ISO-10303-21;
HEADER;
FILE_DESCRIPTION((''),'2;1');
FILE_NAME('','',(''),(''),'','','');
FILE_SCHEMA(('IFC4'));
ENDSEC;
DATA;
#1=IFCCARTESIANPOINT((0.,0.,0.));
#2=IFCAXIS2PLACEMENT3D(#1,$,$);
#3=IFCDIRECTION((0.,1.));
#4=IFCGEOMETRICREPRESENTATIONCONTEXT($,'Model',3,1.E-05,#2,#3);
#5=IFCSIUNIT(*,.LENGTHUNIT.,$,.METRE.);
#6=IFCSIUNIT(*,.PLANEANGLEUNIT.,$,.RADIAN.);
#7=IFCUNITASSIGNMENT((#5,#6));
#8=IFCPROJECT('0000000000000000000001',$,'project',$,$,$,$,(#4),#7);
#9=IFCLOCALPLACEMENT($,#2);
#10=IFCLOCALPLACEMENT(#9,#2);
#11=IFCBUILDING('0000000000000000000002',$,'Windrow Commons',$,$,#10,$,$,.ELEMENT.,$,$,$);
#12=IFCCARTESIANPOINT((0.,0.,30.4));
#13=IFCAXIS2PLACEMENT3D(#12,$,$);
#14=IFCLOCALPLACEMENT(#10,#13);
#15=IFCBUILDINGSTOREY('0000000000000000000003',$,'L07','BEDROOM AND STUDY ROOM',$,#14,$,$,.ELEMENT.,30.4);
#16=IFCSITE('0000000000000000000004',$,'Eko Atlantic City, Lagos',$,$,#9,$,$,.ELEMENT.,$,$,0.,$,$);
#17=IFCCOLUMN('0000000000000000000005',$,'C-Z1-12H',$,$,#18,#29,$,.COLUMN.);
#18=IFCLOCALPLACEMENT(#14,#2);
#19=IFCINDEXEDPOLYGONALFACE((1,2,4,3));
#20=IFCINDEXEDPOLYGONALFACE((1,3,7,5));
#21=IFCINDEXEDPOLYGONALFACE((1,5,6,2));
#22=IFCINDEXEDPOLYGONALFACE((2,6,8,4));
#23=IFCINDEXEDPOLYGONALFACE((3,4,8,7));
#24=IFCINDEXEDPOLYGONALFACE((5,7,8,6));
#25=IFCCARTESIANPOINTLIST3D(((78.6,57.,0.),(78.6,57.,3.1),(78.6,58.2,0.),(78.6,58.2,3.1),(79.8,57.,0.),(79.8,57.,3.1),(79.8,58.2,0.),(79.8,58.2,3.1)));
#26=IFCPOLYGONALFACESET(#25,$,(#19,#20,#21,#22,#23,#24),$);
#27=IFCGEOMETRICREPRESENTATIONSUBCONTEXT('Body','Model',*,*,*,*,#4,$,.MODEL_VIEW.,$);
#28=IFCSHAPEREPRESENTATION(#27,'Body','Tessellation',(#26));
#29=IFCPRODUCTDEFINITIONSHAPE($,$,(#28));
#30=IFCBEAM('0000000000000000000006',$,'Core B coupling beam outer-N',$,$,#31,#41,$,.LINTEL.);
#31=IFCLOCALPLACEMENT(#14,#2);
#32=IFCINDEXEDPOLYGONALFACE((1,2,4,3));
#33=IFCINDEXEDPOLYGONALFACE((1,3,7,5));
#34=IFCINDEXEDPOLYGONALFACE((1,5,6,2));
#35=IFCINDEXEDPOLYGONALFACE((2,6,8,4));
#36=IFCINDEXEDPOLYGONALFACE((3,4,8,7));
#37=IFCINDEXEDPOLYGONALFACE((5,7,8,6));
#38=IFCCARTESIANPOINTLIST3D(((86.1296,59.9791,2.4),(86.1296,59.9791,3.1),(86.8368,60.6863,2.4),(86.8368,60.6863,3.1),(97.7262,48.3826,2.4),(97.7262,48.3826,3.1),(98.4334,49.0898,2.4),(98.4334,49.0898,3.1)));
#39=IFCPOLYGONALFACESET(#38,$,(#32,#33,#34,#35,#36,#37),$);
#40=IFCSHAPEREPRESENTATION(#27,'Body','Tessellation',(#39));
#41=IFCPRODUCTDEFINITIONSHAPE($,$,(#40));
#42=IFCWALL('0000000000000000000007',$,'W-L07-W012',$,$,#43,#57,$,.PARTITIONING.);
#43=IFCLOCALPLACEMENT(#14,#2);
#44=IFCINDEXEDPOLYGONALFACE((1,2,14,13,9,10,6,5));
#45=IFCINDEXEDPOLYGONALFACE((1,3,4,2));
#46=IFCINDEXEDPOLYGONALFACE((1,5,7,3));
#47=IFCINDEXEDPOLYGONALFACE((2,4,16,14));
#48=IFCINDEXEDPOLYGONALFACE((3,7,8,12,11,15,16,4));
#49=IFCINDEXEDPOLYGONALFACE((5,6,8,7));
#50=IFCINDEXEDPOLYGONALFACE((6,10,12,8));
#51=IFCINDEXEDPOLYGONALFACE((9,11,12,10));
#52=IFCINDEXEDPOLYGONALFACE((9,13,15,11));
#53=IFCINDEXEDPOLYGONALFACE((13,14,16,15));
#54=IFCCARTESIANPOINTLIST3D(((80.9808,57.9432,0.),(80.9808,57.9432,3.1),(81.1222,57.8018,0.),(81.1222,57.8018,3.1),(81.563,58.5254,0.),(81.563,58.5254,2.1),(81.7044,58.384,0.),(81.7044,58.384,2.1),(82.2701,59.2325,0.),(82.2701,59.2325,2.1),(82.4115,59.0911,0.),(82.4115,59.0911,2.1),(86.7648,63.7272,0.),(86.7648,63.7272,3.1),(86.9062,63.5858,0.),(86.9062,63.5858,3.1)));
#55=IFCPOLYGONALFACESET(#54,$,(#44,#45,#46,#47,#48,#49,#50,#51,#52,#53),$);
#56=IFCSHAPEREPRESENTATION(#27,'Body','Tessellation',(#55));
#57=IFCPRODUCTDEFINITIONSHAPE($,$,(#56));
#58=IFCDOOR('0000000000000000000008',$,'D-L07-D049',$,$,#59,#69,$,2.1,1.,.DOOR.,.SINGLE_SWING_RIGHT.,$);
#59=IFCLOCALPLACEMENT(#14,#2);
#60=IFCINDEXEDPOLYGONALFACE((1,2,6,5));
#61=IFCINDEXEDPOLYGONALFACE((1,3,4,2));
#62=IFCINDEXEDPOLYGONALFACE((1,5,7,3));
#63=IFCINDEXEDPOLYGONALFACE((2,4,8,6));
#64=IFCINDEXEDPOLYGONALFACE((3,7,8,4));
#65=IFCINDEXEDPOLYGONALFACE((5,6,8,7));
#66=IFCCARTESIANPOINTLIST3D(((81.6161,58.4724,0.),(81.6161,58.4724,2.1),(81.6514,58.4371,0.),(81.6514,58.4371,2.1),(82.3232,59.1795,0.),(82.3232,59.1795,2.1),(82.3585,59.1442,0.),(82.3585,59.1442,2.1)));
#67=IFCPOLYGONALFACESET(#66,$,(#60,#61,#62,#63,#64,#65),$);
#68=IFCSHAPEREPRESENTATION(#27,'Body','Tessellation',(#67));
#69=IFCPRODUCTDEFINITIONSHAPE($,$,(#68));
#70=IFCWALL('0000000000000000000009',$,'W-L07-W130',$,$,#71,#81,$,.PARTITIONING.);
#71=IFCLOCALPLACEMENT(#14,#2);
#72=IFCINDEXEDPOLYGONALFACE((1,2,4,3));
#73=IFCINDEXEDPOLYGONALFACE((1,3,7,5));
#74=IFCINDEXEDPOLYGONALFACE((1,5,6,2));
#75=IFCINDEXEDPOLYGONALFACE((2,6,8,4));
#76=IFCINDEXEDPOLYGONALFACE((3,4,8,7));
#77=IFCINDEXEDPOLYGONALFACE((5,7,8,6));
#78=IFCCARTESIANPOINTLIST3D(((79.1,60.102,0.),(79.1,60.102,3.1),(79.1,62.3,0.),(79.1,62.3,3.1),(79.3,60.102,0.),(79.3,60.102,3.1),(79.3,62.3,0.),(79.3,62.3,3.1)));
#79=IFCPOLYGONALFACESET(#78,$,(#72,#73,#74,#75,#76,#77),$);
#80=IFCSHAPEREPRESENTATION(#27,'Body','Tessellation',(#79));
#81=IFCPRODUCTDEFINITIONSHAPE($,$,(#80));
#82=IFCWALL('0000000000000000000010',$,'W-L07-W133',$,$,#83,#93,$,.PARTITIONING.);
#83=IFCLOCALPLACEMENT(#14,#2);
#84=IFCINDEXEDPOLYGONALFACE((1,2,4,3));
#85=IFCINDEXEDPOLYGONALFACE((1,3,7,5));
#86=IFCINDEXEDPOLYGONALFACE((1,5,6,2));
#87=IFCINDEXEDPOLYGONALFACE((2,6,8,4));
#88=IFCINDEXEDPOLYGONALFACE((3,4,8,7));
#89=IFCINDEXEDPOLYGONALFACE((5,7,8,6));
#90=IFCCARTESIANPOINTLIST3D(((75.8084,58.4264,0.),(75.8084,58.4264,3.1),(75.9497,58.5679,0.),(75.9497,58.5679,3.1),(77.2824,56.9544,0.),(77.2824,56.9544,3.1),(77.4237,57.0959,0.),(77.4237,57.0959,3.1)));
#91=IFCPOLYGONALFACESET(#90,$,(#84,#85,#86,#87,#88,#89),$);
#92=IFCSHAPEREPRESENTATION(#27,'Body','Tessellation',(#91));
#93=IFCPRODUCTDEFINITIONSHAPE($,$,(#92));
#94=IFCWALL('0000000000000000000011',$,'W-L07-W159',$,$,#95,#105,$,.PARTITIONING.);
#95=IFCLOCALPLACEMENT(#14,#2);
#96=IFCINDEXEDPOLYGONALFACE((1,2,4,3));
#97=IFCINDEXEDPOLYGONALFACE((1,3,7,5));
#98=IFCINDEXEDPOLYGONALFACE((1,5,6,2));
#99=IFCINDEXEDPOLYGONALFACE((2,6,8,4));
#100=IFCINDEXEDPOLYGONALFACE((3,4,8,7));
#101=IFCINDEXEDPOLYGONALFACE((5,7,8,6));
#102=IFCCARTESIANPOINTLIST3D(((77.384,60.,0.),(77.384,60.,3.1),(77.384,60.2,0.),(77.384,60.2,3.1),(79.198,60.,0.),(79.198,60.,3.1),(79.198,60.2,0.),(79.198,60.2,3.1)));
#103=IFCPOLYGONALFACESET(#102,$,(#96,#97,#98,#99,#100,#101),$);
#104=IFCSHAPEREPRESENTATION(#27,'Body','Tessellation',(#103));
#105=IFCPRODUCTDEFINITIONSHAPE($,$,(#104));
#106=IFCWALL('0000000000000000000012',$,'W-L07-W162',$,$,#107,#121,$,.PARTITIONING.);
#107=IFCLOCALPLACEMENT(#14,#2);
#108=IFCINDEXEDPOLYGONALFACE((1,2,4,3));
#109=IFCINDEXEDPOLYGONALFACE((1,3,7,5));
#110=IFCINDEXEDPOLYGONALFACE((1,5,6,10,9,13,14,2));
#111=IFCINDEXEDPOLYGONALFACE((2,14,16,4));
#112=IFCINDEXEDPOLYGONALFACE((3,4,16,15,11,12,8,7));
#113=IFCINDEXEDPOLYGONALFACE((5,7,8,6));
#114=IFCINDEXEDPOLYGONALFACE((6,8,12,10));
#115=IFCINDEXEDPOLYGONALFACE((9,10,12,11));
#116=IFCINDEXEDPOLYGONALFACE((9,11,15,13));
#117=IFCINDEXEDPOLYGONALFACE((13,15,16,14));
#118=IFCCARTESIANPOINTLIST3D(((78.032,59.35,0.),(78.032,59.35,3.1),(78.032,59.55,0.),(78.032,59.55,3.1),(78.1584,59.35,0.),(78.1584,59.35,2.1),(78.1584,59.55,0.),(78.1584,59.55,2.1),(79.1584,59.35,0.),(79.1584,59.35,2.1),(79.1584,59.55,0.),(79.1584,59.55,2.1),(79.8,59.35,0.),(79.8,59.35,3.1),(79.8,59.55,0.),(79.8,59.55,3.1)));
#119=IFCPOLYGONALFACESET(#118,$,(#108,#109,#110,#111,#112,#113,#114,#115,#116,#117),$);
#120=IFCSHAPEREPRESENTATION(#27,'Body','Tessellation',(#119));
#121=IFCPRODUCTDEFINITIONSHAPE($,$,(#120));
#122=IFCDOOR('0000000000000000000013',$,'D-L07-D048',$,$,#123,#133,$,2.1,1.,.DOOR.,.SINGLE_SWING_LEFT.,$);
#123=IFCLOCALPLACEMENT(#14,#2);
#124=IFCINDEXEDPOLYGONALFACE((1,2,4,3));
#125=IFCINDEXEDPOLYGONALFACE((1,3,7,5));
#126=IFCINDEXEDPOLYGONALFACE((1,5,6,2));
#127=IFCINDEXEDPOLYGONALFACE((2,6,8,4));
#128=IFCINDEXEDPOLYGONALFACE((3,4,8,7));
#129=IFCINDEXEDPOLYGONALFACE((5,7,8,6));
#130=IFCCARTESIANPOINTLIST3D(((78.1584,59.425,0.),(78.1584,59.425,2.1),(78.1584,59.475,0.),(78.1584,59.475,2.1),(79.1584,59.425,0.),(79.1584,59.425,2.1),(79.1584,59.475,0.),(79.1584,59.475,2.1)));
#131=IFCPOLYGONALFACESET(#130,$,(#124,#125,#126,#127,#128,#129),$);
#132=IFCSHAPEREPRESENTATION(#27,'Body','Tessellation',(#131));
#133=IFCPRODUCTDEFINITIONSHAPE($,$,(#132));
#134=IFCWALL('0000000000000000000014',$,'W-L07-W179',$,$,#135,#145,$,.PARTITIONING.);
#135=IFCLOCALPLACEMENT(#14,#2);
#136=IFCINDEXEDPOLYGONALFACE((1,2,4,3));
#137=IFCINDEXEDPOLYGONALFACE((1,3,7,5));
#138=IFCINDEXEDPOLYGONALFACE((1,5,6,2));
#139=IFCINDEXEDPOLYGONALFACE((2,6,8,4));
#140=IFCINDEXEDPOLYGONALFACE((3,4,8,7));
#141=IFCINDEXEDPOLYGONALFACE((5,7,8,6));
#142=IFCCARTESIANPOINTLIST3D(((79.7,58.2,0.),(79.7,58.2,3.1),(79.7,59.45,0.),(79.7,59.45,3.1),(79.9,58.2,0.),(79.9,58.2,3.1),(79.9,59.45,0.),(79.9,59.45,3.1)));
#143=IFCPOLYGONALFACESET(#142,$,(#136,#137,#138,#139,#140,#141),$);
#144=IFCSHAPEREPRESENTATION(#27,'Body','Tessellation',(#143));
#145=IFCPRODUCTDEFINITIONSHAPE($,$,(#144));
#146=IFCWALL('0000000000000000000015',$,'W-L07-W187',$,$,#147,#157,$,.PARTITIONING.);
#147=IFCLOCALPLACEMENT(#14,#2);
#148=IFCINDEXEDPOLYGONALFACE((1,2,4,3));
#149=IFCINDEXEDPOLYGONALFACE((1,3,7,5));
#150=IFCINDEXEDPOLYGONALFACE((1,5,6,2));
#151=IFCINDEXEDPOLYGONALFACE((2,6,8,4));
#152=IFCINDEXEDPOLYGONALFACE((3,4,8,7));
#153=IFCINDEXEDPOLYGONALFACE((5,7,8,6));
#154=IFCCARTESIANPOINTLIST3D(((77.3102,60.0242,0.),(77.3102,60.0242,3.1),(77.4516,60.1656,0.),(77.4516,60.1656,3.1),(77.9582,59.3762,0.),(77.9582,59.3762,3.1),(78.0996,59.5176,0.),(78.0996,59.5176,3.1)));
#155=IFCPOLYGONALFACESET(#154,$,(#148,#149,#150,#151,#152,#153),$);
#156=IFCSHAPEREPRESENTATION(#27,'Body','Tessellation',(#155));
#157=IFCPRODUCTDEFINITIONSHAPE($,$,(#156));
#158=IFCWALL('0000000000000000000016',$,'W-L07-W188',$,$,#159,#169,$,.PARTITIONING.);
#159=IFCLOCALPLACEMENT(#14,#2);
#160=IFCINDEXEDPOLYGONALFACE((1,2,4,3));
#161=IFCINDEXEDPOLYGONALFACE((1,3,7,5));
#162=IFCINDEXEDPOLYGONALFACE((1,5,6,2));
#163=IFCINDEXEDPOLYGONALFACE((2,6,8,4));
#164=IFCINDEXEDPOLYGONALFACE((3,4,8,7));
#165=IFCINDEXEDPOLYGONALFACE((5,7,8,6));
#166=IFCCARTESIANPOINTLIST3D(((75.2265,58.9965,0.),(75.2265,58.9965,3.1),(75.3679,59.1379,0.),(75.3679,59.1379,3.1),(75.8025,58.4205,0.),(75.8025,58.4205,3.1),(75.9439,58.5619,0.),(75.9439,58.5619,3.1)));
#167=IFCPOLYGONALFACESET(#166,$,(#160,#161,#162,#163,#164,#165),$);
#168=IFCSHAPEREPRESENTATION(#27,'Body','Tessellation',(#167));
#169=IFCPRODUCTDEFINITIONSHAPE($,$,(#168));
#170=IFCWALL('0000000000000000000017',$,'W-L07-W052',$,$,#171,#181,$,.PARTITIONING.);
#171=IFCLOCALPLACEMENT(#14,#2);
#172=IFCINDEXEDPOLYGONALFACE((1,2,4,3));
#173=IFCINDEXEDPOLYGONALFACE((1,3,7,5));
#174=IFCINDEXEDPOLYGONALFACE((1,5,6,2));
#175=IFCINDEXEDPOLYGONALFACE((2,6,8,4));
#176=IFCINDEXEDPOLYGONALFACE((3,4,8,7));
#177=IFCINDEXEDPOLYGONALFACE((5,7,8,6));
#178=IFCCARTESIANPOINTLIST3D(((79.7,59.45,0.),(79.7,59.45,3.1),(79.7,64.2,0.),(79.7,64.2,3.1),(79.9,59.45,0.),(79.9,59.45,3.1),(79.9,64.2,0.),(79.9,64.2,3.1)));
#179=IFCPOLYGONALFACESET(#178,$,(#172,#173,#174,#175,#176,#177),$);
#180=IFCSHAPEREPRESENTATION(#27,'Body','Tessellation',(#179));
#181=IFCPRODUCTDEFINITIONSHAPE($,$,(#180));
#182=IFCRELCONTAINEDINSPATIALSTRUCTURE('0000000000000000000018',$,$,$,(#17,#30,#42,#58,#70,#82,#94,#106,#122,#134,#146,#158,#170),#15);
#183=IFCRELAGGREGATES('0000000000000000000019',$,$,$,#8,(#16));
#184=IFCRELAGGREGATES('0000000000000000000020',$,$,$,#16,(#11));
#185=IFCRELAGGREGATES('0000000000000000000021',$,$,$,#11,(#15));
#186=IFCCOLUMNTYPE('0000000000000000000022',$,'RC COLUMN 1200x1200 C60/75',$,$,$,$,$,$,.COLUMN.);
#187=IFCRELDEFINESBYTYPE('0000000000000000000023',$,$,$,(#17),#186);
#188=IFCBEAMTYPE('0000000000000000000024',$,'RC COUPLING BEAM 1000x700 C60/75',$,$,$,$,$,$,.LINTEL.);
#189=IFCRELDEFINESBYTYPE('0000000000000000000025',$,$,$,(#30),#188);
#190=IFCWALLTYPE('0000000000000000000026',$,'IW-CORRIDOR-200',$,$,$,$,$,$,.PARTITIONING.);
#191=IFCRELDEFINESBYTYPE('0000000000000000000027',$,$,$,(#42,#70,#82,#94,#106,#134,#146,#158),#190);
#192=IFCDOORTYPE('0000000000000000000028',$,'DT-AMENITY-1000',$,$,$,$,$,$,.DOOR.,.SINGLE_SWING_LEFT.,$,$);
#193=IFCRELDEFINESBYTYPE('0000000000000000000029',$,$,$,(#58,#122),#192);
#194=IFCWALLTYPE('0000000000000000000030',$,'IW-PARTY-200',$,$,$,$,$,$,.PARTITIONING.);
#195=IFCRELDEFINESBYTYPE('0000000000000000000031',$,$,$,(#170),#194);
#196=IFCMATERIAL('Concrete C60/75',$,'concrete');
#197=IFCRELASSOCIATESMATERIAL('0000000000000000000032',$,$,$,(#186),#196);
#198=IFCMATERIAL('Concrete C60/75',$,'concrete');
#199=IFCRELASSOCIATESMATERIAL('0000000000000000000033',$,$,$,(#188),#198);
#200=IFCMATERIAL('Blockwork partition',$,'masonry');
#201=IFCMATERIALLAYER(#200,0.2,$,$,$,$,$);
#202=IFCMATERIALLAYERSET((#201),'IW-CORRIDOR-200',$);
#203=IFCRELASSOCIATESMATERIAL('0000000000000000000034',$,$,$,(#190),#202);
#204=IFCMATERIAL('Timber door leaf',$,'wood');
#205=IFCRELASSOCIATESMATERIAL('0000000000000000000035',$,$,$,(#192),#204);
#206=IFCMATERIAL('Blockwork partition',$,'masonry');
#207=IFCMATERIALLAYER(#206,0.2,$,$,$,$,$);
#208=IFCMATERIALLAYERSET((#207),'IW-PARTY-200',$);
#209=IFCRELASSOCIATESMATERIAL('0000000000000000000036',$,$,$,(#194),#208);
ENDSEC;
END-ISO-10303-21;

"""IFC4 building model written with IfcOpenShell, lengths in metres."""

from ifc_helpers import new_model, si_unit, direction, frame, frame_2d, origin, origin_2d, place, context, subcontext, project, spatial, rectangle, extrude, material, layer, layer_set, material_profile, profile_set, type_object, element, fill, save


model = new_model("IFC4")

# Units and contexts
model_context = context("Model", 3, precision=1e-05, world=origin(), true_north=direction((0.0, 1.0)))
body_context = subcontext(model_context, "Body", "Model", "MODEL_VIEW")
ifc_project = project(units=[si_unit("LENGTHUNIT", "METRE"), si_unit("PLANEANGLEUNIT", "RADIAN")], contexts=[model_context])

# Site, building, storey
site_placement = place(None, origin())
site = spatial("IfcSite", under=ifc_project, at=site_placement, Name="Eko Atlantic City, Lagos", CompositionType="ELEMENT", RefElevation=0.0)
building_placement = place(site_placement, origin())
building = spatial("IfcBuilding", under=site, at=building_placement, Name="Windrow Commons", CompositionType="ELEMENT")
storey_placement = place(building_placement, frame((0.0, 0.0, 30.4)))
storey = spatial("IfcBuildingStorey", under=building, at=storey_placement, Name="L07", Description="BEDROOM AND STUDY ROOM", CompositionType="ELEMENT", Elevation=30.4)

# Column
ifc_material_1 = material(Name="Concrete C60/75", Category="concrete")
ifc_material_profile_1 = material_profile(ifc_material_1, rectangle(XDim=1.2, YDim=1.2, at=origin_2d()))
ifc_profile_set_1 = profile_set([ifc_material_profile_1], Name="Concrete C60/75")
column_type = type_object("IfcColumnType", Name="RC COLUMN 1200x1200 C60/75", PredefinedType="COLUMN", material=ifc_profile_set_1)
column_placement = place(storey_placement, frame((79.2, 57.6, 0.0), z_axis=(0.0, 0.0, 1.0), x_axis=(1.0, 0.0, 0.0)))
element("IfcColumn", 1, at=column_placement, inside=storey, type_object=column_type, Name="C-Z1-12H", PredefinedType="COLUMN", context=body_context, shape_type="SweptSolid", body=[
    extrude(rectangle(XDim=1.2, YDim=1.2, at=origin_2d()), origin(), (0.0, 0.0, 1.0), 3.1),
])

# Beam
ifc_material_2 = material(Name="Concrete C60/75", Category="concrete")
ifc_material_profile_2 = material_profile(ifc_material_2, rectangle(XDim=1.0, YDim=0.7, at=origin_2d()))
ifc_profile_set_2 = profile_set([ifc_material_profile_2], Name="Concrete C60/75")
beam_type = type_object("IfcBeamType", Name="RC COUPLING BEAM 1000x700 C60/75", PredefinedType="LINTEL", material=ifc_profile_set_2)
beam_placement = place(storey_placement, frame((86.4832, 60.3327, 2.75), z_axis=(0.70711, -0.707104, 0.0), x_axis=(0.707104, 0.70711, 0.0)))
element("IfcBeam", 2, at=beam_placement, inside=storey, type_object=beam_type, Name="Core B coupling beam outer-N", PredefinedType="LINTEL", context=body_context, shape_type="SweptSolid", body=[
    extrude(rectangle(XDim=1.0, YDim=0.7, at=origin_2d()), origin(), (0.0, 0.0, 1.0), 16.4),
])

# Wall, opening, door
ifc_material_3 = material(Name="Blockwork partition", Category="masonry")
ifc_layer_1 = layer(ifc_material_3, 0.2)
ifc_layer_set_1 = layer_set([ifc_layer_1], Name="IW-CORRIDOR-200")
wall_type_1 = type_object("IfcWallType", Name="IW-CORRIDOR-200", PredefinedType="PARTITIONING", material=ifc_layer_set_1)
wall_1_placement = place(storey_placement, frame((81.0515, 57.8725, 0.0), z_axis=(0.0, 0.0, 1.0), x_axis=(0.707107, 0.707107, 0.0)))
wall_1 = element("IfcWall", 3, at=wall_1_placement, inside=storey, type_object=wall_type_1, Name="W-L07-W012", PredefinedType="PARTITIONING", context=body_context, shape_type="SweptSolid", body=[
    extrude(rectangle(XDim=8.1798, YDim=0.2, at=frame_2d((4.0899, 0.0))), origin(), (0.0, 0.0, 1.0), 3.1),
])
opening_1_placement = place(wall_1_placement, frame((0.8234, 0.0, 0.0)))
opening_1 = element("IfcOpeningElement", 4, at=opening_1_placement, cuts=wall_1, PredefinedType="OPENING", context=body_context, shape_type="SweptSolid", body=[
    extrude(rectangle(XDim=1.0, YDim=2.1, at=frame_2d((0.5, 1.05))), frame((0.0, 0.11, 0.0), z_axis=(0.0, -1.0, 0.0), x_axis=(1.0, 0.0, 0.0)), (0.0, 0.0, 1.0), 0.22),
])
ifc_material_4 = material(Name="Timber door leaf", Category="wood")
door_type_1 = type_object("IfcDoorType", Name="DT-AMENITY-1000", OperationType="SINGLE_SWING_LEFT", PredefinedType="DOOR", material=ifc_material_4)
door_1_placement = place(opening_1_placement, origin())
door_1 = element("IfcDoor", 5, at=door_1_placement, inside=storey, type_object=door_type_1, Name="D-L07-D049", OperationType="SINGLE_SWING_RIGHT", OverallHeight=2.1, OverallWidth=1.0, PredefinedType="DOOR", context=body_context, shape_type="SweptSolid", body=[
    extrude(rectangle(XDim=1.0, YDim=2.1, at=frame_2d((0.5, 1.05))), frame((0.0, 0.025, 0.0), z_axis=(0.0, -1.0, 0.0), x_axis=(1.0, 0.0, 0.0)), (0.0, 0.0, 1.0), 0.05),
])
fill(opening_1, door_1)

# Walls
wall_2_placement = place(storey_placement, frame((79.2, 60.102, 0.0), z_axis=(0.0, 0.0, 1.0), x_axis=(0.0, 1.0, 0.0)))
element("IfcWall", 6, at=wall_2_placement, inside=storey, type_object=wall_type_1, Name="W-L07-W130", PredefinedType="PARTITIONING", context=body_context, shape_type="SweptSolid", body=[
    extrude(rectangle(XDim=2.198, YDim=0.2, at=frame_2d((1.099, 0.0))), origin(), (0.0, 0.0, 1.0), 3.1),
])
wall_3_placement = place(storey_placement, frame((75.8791, 58.4971, 0.0), z_axis=(0.0, 0.0, 1.0), x_axis=(0.707587, -0.706627, 0.0)))
element("IfcWall", 7, at=wall_3_placement, inside=storey, type_object=wall_type_1, Name="W-L07-W133", PredefinedType="PARTITIONING", context=body_context, shape_type="SweptSolid", body=[
    extrude(rectangle(XDim=2.0831, YDim=0.2, at=frame_2d((1.0415, 0.0))), origin(), (0.0, 0.0, 1.0), 3.1),
])
wall_4_placement = place(storey_placement, frame((77.384, 60.1, 0.0), z_axis=(0.0, 0.0, 1.0), x_axis=(1.0, 0.0, 0.0)))
element("IfcWall", 8, at=wall_4_placement, inside=storey, type_object=wall_type_1, Name="W-L07-W159", PredefinedType="PARTITIONING", context=body_context, shape_type="SweptSolid", body=[
    extrude(rectangle(XDim=1.814, YDim=0.2, at=frame_2d((0.907, 0.0))), origin(), (0.0, 0.0, 1.0), 3.1),
])

# Wall, opening, door
wall_5_placement = place(storey_placement, frame((78.032, 59.45, 0.0), z_axis=(0.0, 0.0, 1.0), x_axis=(1.0, 0.0, 0.0)))
wall_5 = element("IfcWall", 9, at=wall_5_placement, inside=storey, type_object=wall_type_1, Name="W-L07-W162", PredefinedType="PARTITIONING", context=body_context, shape_type="SweptSolid", body=[
    extrude(rectangle(XDim=1.768, YDim=0.2, at=frame_2d((0.884, 0.0))), origin(), (0.0, 0.0, 1.0), 3.1),
])
opening_2_placement = place(wall_5_placement, frame((0.1264, 0.0, 0.0)))
opening_2 = element("IfcOpeningElement", 10, at=opening_2_placement, cuts=wall_5, PredefinedType="OPENING", context=body_context, shape_type="SweptSolid", body=[
    extrude(rectangle(XDim=1.0, YDim=2.1, at=frame_2d((0.5, 1.05))), frame((0.0, 0.11, 0.0), z_axis=(0.0, -1.0, 0.0), x_axis=(1.0, 0.0, 0.0)), (0.0, 0.0, 1.0), 0.22),
])
door_2_placement = place(opening_2_placement, origin())
door_2 = element("IfcDoor", 11, at=door_2_placement, inside=storey, type_object=door_type_1, Name="D-L07-D048", OperationType="SINGLE_SWING_LEFT", OverallHeight=2.1, OverallWidth=1.0, PredefinedType="DOOR", context=body_context, shape_type="SweptSolid", body=[
    extrude(rectangle(XDim=1.0, YDim=2.1, at=frame_2d((0.5, 1.05))), frame((0.0, 0.025, 0.0), z_axis=(0.0, -1.0, 0.0), x_axis=(1.0, 0.0, 0.0)), (0.0, 0.0, 1.0), 0.05),
])
fill(opening_2, door_2)

# Walls
wall_6_placement = place(storey_placement, frame((79.8, 58.2, 0.0), z_axis=(0.0, 0.0, 1.0), x_axis=(0.0, 1.0, 0.0)))
element("IfcWall", 12, at=wall_6_placement, inside=storey, type_object=wall_type_1, Name="W-L07-W179", PredefinedType="PARTITIONING", context=body_context, shape_type="SweptSolid", body=[
    extrude(rectangle(XDim=1.25, YDim=0.2, at=frame_2d((0.625, 0.0))), origin(), (0.0, 0.0, 1.0), 3.1),
])
wall_7_placement = place(storey_placement, frame((77.3809, 60.0949, 0.0), z_axis=(0.0, 0.0, 1.0), x_axis=(0.707107, -0.707107, 0.0)))
element("IfcWall", 13, at=wall_7_placement, inside=storey, type_object=wall_type_1, Name="W-L07-W187", PredefinedType="PARTITIONING", context=body_context, shape_type="SweptSolid", body=[
    extrude(rectangle(XDim=0.9164, YDim=0.2, at=frame_2d((0.4582, 0.0))), origin(), (0.0, 0.0, 1.0), 3.1),
])
wall_8_placement = place(storey_placement, frame((75.2972, 59.0672, 0.0), z_axis=(0.0, 0.0, 1.0), x_axis=(0.707107, -0.707107, 0.0)))
element("IfcWall", 14, at=wall_8_placement, inside=storey, type_object=wall_type_1, Name="W-L07-W188", PredefinedType="PARTITIONING", context=body_context, shape_type="SweptSolid", body=[
    extrude(rectangle(XDim=0.8146, YDim=0.2, at=frame_2d((0.4073, 0.0))), origin(), (0.0, 0.0, 1.0), 3.1),
])
ifc_material_5 = material(Name="Blockwork partition", Category="masonry")
ifc_layer_2 = layer(ifc_material_5, 0.2)
ifc_layer_set_2 = layer_set([ifc_layer_2], Name="IW-PARTY-200")
wall_type_2 = type_object("IfcWallType", Name="IW-PARTY-200", PredefinedType="PARTITIONING", material=ifc_layer_set_2)
wall_9_placement = place(storey_placement, frame((79.8, 59.45, 0.0), z_axis=(0.0, 0.0, 1.0), x_axis=(0.0, 1.0, 0.0)))
element("IfcWall", 15, at=wall_9_placement, inside=storey, type_object=wall_type_2, Name="W-L07-W052", PredefinedType="PARTITIONING", context=body_context, shape_type="SweptSolid", body=[
    extrude(rectangle(XDim=4.75, YDim=0.2, at=frame_2d((2.375, 0.0))), origin(), (0.0, 0.0, 1.0), 3.1),
])

save(model, "model.ifc")
